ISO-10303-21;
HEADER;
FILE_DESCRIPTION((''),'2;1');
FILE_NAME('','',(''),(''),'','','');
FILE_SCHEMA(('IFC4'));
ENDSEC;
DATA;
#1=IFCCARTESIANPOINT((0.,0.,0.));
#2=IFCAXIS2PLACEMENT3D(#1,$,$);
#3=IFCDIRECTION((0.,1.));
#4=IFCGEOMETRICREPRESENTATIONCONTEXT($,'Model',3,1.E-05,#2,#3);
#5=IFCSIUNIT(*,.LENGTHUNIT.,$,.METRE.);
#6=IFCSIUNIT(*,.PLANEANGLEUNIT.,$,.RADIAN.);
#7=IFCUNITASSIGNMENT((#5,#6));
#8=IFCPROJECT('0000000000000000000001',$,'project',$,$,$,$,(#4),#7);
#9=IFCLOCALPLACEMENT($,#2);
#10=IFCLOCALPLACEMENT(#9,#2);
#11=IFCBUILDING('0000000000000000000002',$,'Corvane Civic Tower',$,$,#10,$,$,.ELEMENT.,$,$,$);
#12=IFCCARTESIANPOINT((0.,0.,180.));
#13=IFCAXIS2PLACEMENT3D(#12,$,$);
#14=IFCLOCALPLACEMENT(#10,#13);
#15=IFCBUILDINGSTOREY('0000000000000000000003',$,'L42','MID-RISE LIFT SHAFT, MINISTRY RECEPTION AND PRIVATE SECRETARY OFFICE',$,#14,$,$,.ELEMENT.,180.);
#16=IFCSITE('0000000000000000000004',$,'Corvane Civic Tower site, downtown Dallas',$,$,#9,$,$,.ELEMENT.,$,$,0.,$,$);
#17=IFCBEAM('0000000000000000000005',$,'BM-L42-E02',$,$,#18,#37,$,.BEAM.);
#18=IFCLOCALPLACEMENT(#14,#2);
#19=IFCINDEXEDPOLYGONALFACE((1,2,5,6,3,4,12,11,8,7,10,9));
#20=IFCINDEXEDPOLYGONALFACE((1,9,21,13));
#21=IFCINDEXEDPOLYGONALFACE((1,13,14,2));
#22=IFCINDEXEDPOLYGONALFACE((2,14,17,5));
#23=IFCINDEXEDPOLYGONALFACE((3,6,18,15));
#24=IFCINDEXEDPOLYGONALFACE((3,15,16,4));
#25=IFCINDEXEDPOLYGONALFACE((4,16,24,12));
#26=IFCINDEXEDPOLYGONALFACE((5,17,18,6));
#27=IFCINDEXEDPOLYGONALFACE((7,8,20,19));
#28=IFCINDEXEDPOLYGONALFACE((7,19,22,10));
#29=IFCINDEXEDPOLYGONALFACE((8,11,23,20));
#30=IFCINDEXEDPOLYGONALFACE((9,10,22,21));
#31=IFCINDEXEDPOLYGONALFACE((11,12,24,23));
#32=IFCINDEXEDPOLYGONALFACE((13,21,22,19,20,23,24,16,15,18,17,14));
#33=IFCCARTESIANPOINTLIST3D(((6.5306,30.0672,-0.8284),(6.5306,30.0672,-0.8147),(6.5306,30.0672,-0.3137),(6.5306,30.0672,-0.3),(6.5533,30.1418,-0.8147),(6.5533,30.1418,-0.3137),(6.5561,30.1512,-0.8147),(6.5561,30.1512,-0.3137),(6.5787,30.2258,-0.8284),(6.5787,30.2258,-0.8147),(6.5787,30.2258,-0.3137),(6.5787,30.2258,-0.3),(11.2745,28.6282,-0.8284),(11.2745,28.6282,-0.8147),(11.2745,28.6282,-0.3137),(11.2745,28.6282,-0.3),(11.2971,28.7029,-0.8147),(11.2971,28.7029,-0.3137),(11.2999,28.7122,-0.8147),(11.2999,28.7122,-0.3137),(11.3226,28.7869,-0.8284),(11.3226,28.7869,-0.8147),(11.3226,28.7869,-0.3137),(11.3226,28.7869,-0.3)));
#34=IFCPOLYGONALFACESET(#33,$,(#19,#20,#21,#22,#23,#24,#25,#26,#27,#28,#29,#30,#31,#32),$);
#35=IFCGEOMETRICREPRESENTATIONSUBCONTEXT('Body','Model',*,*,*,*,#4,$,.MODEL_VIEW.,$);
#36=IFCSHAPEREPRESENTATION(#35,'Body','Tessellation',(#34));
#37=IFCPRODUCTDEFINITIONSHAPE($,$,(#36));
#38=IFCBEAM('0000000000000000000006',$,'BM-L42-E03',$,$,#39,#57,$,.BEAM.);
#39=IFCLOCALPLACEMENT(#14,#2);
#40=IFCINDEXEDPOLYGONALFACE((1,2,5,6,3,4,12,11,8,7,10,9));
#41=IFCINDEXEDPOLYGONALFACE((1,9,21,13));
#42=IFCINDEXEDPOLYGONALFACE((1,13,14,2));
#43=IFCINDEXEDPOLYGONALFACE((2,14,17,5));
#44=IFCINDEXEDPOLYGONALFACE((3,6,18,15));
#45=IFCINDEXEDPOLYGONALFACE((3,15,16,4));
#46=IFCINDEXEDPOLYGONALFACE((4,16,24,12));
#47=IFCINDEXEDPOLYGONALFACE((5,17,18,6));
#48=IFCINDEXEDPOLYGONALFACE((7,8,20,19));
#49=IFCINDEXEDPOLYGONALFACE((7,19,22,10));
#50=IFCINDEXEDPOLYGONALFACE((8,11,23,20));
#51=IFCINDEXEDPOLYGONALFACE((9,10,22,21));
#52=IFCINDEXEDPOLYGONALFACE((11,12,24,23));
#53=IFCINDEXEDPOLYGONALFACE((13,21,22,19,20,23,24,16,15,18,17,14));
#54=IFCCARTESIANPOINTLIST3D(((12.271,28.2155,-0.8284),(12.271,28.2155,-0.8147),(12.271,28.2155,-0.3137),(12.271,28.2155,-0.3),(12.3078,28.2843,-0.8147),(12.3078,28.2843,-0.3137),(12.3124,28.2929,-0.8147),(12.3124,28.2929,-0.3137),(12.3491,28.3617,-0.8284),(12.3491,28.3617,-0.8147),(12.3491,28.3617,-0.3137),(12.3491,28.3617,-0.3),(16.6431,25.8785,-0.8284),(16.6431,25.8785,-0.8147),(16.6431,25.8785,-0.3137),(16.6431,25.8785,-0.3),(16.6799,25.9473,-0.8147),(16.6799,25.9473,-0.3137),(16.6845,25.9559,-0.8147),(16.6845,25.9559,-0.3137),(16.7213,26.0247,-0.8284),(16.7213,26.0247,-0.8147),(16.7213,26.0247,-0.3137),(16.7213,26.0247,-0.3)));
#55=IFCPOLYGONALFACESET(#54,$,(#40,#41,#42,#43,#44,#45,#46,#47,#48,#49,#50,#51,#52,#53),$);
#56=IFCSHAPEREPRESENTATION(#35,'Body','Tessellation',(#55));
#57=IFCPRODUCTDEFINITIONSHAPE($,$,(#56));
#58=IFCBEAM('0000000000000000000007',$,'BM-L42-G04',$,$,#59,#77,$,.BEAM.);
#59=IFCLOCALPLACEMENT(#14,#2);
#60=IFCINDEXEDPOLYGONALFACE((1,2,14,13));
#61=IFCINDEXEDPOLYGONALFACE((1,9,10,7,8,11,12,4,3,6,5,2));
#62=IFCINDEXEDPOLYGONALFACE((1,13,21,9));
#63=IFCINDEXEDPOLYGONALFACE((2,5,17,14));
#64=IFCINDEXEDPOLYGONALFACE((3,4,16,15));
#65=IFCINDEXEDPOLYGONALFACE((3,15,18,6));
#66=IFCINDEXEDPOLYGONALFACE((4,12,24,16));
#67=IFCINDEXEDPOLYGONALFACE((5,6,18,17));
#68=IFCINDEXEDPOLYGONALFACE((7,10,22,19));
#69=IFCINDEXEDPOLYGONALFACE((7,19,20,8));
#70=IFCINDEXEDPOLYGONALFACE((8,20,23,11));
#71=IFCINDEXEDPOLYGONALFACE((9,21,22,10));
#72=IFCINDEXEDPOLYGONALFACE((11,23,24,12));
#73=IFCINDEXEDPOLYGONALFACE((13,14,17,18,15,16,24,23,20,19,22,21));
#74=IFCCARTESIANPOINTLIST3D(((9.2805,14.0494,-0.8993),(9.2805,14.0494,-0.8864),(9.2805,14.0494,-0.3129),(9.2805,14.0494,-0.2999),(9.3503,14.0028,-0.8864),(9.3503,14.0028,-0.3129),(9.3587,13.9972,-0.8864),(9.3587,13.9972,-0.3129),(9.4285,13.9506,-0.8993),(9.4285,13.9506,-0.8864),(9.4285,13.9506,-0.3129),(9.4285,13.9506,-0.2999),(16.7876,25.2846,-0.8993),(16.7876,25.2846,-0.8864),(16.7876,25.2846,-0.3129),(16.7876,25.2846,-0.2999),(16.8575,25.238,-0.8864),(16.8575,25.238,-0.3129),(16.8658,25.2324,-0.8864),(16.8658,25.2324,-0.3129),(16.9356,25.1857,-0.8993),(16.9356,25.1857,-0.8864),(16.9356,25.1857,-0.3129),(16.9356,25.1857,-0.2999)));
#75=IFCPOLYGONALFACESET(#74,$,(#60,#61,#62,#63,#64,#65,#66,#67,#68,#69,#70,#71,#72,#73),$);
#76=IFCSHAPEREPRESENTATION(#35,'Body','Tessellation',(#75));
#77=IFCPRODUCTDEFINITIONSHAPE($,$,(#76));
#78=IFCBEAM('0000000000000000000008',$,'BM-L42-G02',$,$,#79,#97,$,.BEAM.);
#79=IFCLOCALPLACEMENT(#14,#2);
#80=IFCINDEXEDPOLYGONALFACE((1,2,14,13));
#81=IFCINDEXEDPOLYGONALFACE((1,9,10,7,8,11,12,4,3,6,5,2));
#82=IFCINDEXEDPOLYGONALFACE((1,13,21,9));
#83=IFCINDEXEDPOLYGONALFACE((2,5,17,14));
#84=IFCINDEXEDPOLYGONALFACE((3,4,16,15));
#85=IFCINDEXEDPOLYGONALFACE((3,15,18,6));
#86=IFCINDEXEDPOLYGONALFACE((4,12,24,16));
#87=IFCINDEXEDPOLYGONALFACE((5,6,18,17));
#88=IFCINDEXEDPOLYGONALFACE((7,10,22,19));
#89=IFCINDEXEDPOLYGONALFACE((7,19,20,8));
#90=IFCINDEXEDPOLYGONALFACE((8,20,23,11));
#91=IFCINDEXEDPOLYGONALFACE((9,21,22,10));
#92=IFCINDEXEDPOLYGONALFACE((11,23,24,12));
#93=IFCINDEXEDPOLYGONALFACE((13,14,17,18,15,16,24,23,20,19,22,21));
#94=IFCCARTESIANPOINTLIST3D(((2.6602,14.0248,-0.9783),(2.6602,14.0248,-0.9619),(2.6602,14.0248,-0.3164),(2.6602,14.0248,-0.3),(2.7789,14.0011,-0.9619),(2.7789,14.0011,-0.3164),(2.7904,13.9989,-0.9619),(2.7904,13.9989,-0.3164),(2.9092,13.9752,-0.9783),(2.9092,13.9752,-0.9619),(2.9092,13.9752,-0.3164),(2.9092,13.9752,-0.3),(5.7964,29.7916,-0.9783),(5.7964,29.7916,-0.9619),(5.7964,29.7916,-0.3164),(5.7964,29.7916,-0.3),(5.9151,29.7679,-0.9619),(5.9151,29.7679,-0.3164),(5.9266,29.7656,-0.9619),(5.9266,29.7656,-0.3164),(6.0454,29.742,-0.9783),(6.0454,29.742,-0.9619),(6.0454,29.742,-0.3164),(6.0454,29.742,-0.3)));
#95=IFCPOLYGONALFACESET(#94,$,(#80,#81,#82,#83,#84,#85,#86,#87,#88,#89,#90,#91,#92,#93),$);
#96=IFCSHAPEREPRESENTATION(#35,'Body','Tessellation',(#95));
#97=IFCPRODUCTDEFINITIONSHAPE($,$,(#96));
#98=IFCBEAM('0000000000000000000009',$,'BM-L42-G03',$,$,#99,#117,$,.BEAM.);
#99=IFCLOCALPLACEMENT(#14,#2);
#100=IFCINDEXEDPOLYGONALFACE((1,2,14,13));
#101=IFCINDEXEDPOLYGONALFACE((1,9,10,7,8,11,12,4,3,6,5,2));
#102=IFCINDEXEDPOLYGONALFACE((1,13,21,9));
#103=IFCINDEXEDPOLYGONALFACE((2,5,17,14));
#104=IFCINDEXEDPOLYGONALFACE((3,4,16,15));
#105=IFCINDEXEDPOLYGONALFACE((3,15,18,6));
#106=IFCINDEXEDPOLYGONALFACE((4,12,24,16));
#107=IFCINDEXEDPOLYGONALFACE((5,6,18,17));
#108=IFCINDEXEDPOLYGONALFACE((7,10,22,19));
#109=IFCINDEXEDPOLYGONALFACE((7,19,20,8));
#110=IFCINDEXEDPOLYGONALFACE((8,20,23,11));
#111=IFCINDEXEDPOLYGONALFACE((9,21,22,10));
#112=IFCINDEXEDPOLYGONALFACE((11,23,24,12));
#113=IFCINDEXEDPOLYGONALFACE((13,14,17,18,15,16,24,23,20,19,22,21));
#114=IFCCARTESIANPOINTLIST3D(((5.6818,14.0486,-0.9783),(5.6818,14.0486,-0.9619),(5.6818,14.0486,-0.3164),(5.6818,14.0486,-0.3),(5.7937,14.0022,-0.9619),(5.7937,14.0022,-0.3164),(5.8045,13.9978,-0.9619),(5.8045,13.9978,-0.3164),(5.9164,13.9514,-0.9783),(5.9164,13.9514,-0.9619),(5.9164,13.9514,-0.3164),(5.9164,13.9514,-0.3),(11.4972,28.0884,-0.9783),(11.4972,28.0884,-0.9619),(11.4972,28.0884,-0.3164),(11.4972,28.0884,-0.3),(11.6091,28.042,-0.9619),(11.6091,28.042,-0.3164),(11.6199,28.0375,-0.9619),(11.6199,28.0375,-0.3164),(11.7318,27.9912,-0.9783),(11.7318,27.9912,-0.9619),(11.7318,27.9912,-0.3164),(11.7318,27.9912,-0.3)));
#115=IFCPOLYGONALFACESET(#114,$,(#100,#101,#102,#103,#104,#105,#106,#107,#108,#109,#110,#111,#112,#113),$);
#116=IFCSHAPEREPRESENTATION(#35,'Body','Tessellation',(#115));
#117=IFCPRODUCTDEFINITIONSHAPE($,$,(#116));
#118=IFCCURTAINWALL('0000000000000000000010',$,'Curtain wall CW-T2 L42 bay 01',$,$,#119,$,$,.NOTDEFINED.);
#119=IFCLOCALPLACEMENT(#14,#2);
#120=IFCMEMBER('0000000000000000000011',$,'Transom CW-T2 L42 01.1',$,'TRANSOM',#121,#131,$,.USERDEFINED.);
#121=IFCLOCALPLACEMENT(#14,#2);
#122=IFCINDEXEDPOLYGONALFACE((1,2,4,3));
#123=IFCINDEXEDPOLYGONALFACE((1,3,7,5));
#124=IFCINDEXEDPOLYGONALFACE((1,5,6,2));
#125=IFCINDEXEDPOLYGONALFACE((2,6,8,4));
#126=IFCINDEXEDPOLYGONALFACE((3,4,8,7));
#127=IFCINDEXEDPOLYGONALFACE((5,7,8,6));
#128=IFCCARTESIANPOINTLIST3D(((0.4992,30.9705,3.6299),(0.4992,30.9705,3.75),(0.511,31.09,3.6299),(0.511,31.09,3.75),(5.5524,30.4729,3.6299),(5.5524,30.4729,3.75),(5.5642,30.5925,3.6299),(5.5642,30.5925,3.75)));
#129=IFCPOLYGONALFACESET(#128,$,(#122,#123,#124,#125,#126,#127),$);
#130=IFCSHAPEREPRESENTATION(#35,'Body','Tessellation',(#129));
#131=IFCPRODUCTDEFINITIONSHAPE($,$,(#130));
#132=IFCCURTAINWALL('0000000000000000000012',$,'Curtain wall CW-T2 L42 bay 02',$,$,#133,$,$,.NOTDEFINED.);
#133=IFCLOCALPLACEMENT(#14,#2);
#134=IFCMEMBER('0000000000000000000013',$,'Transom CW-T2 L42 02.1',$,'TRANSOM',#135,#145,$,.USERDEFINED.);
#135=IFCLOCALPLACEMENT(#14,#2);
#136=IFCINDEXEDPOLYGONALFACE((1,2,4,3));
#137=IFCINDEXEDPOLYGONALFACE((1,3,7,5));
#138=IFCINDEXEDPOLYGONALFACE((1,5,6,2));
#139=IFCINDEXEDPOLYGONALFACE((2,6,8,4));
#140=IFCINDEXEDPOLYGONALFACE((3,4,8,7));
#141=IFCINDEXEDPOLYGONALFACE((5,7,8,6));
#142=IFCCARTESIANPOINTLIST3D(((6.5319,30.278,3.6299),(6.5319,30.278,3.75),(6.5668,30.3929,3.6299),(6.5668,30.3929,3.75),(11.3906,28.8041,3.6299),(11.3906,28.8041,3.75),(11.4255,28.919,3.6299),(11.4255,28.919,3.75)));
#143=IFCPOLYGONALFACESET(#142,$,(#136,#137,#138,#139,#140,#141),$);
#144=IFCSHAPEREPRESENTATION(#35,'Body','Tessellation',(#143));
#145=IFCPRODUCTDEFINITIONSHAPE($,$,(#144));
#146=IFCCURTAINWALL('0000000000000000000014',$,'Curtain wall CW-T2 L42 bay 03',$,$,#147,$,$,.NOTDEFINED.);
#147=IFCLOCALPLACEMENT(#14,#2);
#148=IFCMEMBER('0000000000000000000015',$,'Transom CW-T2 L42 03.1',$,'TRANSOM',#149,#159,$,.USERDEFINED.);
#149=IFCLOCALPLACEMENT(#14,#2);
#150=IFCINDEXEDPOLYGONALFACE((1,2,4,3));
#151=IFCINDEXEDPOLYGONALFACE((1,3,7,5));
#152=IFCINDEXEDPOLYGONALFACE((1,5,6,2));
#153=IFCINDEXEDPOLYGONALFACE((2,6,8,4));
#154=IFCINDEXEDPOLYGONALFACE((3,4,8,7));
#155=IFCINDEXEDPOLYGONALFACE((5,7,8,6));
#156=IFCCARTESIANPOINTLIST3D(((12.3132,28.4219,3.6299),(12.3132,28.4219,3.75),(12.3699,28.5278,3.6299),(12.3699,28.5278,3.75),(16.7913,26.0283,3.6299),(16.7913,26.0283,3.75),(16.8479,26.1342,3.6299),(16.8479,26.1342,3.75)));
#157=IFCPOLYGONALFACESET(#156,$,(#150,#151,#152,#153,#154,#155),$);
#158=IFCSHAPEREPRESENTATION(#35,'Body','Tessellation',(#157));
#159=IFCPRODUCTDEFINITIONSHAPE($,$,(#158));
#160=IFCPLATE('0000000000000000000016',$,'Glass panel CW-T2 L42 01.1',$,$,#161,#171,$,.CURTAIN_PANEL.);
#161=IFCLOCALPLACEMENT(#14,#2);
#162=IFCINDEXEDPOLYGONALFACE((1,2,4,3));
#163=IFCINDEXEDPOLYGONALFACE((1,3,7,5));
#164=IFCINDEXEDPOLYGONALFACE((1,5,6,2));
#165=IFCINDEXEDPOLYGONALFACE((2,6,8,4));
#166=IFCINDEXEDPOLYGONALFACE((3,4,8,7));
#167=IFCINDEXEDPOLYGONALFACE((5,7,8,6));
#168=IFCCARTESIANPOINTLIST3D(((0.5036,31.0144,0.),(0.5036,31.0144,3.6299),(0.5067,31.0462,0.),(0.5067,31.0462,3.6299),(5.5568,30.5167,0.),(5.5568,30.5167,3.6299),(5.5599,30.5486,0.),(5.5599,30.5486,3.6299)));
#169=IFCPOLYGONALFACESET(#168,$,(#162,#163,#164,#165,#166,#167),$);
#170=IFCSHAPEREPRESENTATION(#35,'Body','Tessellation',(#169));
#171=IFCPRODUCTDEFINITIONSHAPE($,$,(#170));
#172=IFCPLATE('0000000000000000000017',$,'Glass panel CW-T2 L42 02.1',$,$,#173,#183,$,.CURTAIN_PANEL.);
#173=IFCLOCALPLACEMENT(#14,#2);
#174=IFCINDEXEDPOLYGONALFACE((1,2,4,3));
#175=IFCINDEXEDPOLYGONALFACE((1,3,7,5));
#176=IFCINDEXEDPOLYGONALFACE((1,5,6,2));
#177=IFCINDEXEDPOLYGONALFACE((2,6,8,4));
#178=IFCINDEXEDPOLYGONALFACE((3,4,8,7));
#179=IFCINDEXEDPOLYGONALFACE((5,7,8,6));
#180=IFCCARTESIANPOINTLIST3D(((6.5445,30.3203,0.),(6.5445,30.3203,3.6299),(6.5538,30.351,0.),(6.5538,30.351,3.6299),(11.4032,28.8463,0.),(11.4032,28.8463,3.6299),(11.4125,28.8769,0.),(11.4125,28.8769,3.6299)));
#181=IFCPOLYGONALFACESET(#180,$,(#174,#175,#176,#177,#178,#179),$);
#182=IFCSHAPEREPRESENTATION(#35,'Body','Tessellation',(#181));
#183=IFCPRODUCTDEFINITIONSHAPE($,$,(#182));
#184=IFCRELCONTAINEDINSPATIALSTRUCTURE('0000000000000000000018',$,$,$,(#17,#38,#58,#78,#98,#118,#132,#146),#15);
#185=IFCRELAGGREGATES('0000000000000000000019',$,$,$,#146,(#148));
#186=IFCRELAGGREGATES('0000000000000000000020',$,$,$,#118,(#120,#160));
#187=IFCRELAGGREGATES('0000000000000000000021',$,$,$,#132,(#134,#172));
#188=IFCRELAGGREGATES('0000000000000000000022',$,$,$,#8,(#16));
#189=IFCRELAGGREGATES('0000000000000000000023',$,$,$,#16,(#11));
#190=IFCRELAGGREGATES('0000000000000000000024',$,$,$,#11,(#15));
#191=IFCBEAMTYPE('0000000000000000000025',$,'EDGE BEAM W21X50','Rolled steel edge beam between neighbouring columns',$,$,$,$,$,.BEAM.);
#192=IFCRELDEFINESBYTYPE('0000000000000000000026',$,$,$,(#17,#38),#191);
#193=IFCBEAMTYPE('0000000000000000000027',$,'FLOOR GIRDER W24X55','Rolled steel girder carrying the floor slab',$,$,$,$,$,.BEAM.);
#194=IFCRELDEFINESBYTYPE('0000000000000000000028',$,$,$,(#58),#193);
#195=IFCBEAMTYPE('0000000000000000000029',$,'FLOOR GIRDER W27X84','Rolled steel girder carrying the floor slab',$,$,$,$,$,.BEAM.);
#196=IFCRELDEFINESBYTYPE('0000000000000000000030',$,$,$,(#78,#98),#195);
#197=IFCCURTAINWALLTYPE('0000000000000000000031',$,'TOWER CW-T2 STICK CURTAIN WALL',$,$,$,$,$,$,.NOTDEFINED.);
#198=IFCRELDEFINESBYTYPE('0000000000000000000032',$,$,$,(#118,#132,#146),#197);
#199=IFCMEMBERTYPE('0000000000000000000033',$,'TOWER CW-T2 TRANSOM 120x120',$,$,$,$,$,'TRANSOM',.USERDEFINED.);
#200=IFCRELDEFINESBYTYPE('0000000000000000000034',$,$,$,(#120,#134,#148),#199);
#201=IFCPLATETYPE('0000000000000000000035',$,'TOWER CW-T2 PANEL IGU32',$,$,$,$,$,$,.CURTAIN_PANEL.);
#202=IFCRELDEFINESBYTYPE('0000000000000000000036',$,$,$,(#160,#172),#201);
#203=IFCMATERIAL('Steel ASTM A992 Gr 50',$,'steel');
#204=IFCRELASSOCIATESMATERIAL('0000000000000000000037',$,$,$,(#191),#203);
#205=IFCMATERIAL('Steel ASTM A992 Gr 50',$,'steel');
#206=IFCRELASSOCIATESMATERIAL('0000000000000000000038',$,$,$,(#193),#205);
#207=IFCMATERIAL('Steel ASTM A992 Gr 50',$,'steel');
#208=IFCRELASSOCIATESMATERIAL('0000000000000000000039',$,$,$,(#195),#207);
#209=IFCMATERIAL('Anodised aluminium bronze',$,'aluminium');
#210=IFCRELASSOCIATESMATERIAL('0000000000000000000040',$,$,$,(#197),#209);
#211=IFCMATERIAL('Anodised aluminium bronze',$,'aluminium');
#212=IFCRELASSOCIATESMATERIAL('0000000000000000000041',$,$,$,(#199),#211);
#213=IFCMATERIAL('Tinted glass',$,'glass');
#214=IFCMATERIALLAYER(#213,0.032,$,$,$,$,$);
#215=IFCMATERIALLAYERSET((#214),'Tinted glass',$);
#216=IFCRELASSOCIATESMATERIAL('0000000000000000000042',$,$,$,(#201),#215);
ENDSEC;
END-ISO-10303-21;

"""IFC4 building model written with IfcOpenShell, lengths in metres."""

from ifc_helpers import new_model, si_unit, direction, frame, origin, origin_2d, place, context, subcontext, project, spatial, rectangle, i_section, extrude, material, layer, layer_set, material_profile, profile_set, type_object, element, aggregate, save


model = new_model("IFC4")

# Units and contexts
model_context = context("Model", 3, precision=1e-05, world=origin(), true_north=direction((0.0, 1.0)))
body_context = subcontext(model_context, "Body", "Model", "MODEL_VIEW")
ifc_project = project(units=[si_unit("LENGTHUNIT", "METRE"), si_unit("PLANEANGLEUNIT", "RADIAN")], contexts=[model_context])

# Site, building, storey
site_placement = place(None, origin())
site = spatial("IfcSite", under=ifc_project, at=site_placement, Name="Corvane Civic Tower site, downtown Dallas", CompositionType="ELEMENT", RefElevation=0.0)
building_placement = place(site_placement, origin())
building = spatial("IfcBuilding", under=site, at=building_placement, Name="Corvane Civic Tower", CompositionType="ELEMENT")
storey_placement = place(building_placement, frame((0.0, 0.0, 180.0)))
storey = spatial("IfcBuildingStorey", under=building, at=storey_placement, Name="L42", Description="MID-RISE LIFT SHAFT, MINISTRY RECEPTION AND PRIVATE SECRETARY OFFICE", CompositionType="ELEMENT", Elevation=180.0)

# Beams
ifc_material_1 = material(Name="Steel ASTM A992 Gr 50", Category="steel")
ifc_material_profile_1 = material_profile(ifc_material_1, i_section(OverallWidth=0.1658, OverallDepth=0.5283, WebThickness=0.0098, FlangeThickness=0.0137, at=origin_2d()), Name="W21X50")
ifc_profile_set_1 = profile_set([ifc_material_profile_1], Name="Steel ASTM A992 Gr 50")
beam_type_1 = type_object("IfcBeamType", Name="EDGE BEAM W21X50", Description="Rolled steel edge beam between neighbouring columns", PredefinedType="BEAM", material=ifc_profile_set_1)
beam_1_placement = place(storey_placement, frame((6.5547, 30.1465, -0.5642), z_axis=(0.956945, -0.29027, 0.0), x_axis=(0.29027, 0.956945, 0.0)))
element("IfcBeam", 1, at=beam_1_placement, inside=storey, type_object=beam_type_1, Name="BM-L42-E02", PredefinedType="BEAM", context=body_context, shape_type="SweptSolid", body=[
    extrude(i_section(OverallWidth=0.1658, OverallDepth=0.5283, WebThickness=0.0098, FlangeThickness=0.0137, at=origin_2d()), origin(), (0.0, 0.0, 1.0), 4.9573),
])
beam_2_placement = place(storey_placement, frame((12.3101, 28.2886, -0.5642), z_axis=(0.881922, -0.471396, 0.0), x_axis=(0.471396, 0.881922, 0.0)))
element("IfcBeam", 2, at=beam_2_placement, inside=storey, type_object=beam_type_1, Name="BM-L42-E03", PredefinedType="BEAM", context=body_context, shape_type="SweptSolid", body=[
    extrude(i_section(OverallWidth=0.1658, OverallDepth=0.5283, WebThickness=0.0098, FlangeThickness=0.0137, at=origin_2d()), origin(), (0.0, 0.0, 1.0), 4.9575),
])
ifc_material_2 = material(Name="Steel ASTM A992 Gr 50", Category="steel")
ifc_material_profile_2 = material_profile(ifc_material_2, i_section(OverallWidth=0.178, OverallDepth=0.5994, WebThickness=0.01, FlangeThickness=0.0129, at=origin_2d()), Name="W24X55")
ifc_profile_set_2 = profile_set([ifc_material_profile_2], Name="Steel ASTM A992 Gr 50")
beam_type_2 = type_object("IfcBeamType", Name="FLOOR GIRDER W24X55", Description="Rolled steel girder carrying the floor slab", PredefinedType="BEAM", material=ifc_profile_set_2)
beam_3_placement = place(storey_placement, frame((9.3545, 14.0, -0.5996), z_axis=(0.555571, 0.831469, 0.0), x_axis=(-0.831469, 0.555571, 0.0)))
element("IfcBeam", 3, at=beam_3_placement, inside=storey, type_object=beam_type_2, Name="BM-L42-G04", PredefinedType="BEAM", context=body_context, shape_type="SweptSolid", body=[
    extrude(i_section(OverallWidth=0.178, OverallDepth=0.5994, WebThickness=0.01, FlangeThickness=0.0129, at=origin_2d()), origin(), (0.0, 0.0, 1.0), 13.5125),
])
ifc_material_3 = material(Name="Steel ASTM A992 Gr 50", Category="steel")
ifc_material_profile_3 = material_profile(ifc_material_3, i_section(OverallWidth=0.2539, OverallDepth=0.6782, WebThickness=0.0117, FlangeThickness=0.0164, at=origin_2d()), Name="W27X84")
ifc_profile_set_3 = profile_set([ifc_material_profile_3], Name="Steel ASTM A992 Gr 50")
beam_type_3 = type_object("IfcBeamType", Name="FLOOR GIRDER W27X84", Description="Rolled steel girder carrying the floor slab", PredefinedType="BEAM", material=ifc_profile_set_3)
beam_4_placement = place(storey_placement, frame((2.7847, 14.0, -0.6392), z_axis=(0.195091, 0.980785, 0.0), x_axis=(-0.980785, 0.195091, 0.0)))
element("IfcBeam", 4, at=beam_4_placement, inside=storey, type_object=beam_type_3, Name="BM-L42-G02", PredefinedType="BEAM", context=body_context, shape_type="SweptSolid", body=[
    extrude(i_section(OverallWidth=0.2539, OverallDepth=0.6782, WebThickness=0.0117, FlangeThickness=0.0164, at=origin_2d()), origin(), (0.0, 0.0, 1.0), 16.0757),
])
beam_5_placement = place(storey_placement, frame((5.7991, 14.0, -0.6392), z_axis=(0.382681, 0.923881, 0.0), x_axis=(-0.923881, 0.382681, 0.0)))
element("IfcBeam", 5, at=beam_5_placement, inside=storey, type_object=beam_type_3, Name="BM-L42-G03", PredefinedType="BEAM", context=body_context, shape_type="SweptSolid", body=[
    extrude(i_section(OverallWidth=0.2539, OverallDepth=0.6782, WebThickness=0.0117, FlangeThickness=0.0164, at=origin_2d()), origin(), (0.0, 0.0, 1.0), 15.1965),
])

# Curtain walls, members
ifc_material_4 = material(Name="Anodised aluminium bronze", Category="aluminium")
curtain_wall_type = type_object("IfcCurtainWallType", Name="TOWER CW-T2 STICK CURTAIN WALL", PredefinedType="NOTDEFINED", material=ifc_material_4)
curtain_wall_1_placement = place(storey_placement, origin())
curtain_wall_1 = element("IfcCurtainWall", 6, at=curtain_wall_1_placement, inside=storey, type_object=curtain_wall_type, Name="Curtain wall CW-T2 L42 bay 01", PredefinedType="NOTDEFINED")
ifc_material_5 = material(Name="Anodised aluminium bronze", Category="aluminium")
ifc_material_profile_4 = material_profile(ifc_material_5, rectangle(XDim=0.1201, YDim=0.1201, at=origin_2d()), Name="TOWER CW-T2 TRANSOM 120x120")
ifc_profile_set_4 = profile_set([ifc_material_profile_4], Name="Anodised aluminium bronze")
member_type = type_object("IfcMemberType", Name="TOWER CW-T2 TRANSOM 120x120", ElementType="TRANSOM", PredefinedType="USERDEFINED", material=ifc_profile_set_4)
member_1_placement = place(storey_placement, frame((0.5051, 31.0303, 3.6899), z_axis=(0.995187, -0.09799, 0.0), x_axis=(0.09799, 0.995187, 0.0)))
member_1 = element("IfcMember", 7, at=member_1_placement, type_object=member_type, Name="Transom CW-T2 L42 01.1", ObjectType="TRANSOM", PredefinedType="USERDEFINED", context=body_context, shape_type="SweptSolid", body=[
    extrude(rectangle(XDim=0.1201, YDim=0.1201, at=origin_2d()), origin(), (0.0, 0.0, 1.0), 5.0776),
])
curtain_wall_2_placement = place(storey_placement, origin())
curtain_wall_2 = element("IfcCurtainWall", 8, at=curtain_wall_2_placement, inside=storey, type_object=curtain_wall_type, Name="Curtain wall CW-T2 L42 bay 02", PredefinedType="NOTDEFINED")
member_2_placement = place(storey_placement, frame((6.5493, 30.3354, 3.6899), z_axis=(0.956939, -0.290289, 0.0), x_axis=(0.290289, 0.956939, 0.0)))
member_2 = element("IfcMember", 9, at=member_2_placement, type_object=member_type, Name="Transom CW-T2 L42 02.1", ObjectType="TRANSOM", PredefinedType="USERDEFINED", context=body_context, shape_type="SweptSolid", body=[
    extrude(rectangle(XDim=0.1201, YDim=0.1201, at=origin_2d()), origin(), (0.0, 0.0, 1.0), 5.0774),
])
curtain_wall_3_placement = place(storey_placement, origin())
curtain_wall_3 = element("IfcCurtainWall", 10, at=curtain_wall_3_placement, inside=storey, type_object=curtain_wall_type, Name="Curtain wall CW-T2 L42 bay 03", PredefinedType="NOTDEFINED")
member_3_placement = place(storey_placement, frame((12.3416, 28.4749, 3.6899), z_axis=(0.881921, -0.471397, 0.0), x_axis=(0.471397, 0.881921, 0.0)))
member_3 = element("IfcMember", 11, at=member_3_placement, type_object=member_type, Name="Transom CW-T2 L42 03.1", ObjectType="TRANSOM", PredefinedType="USERDEFINED", context=body_context, shape_type="SweptSolid", body=[
    extrude(rectangle(XDim=0.1201, YDim=0.1201, at=origin_2d()), origin(), (0.0, 0.0, 1.0), 5.0776),
])
aggregate(curtain_wall_3, [member_3])

# Plates
ifc_material_6 = material(Name="Tinted glass", Category="glass")
ifc_layer_1 = layer(ifc_material_6, 0.032)
ifc_layer_set_1 = layer_set([ifc_layer_1], Name="Tinted glass")
plate_type = type_object("IfcPlateType", Name="TOWER CW-T2 PANEL IGU32", PredefinedType="CURTAIN_PANEL", material=ifc_layer_set_1)
plate_1_placement = place(storey_placement, frame((3.0317, 30.7815, 0.0), z_axis=(0.0, 0.0, 1.0), x_axis=(0.995185, -0.098012, 0.0)))
plate_1 = element("IfcPlate", 12, at=plate_1_placement, type_object=plate_type, Name="Glass panel CW-T2 L42 01.1", PredefinedType="CURTAIN_PANEL", context=body_context, shape_type="SweptSolid", body=[
    extrude(rectangle(XDim=5.0776, YDim=0.032, at=origin_2d()), origin(), (0.0, 0.0, 1.0), 3.6299),
])
aggregate(curtain_wall_1, [member_1, plate_1])
plate_2_placement = place(storey_placement, frame((8.9785, 29.5986, 0.0), z_axis=(0.0, 0.0, 1.0), x_axis=(0.956932, -0.290313, 0.0)))
plate_2 = element("IfcPlate", 13, at=plate_2_placement, type_object=plate_type, Name="Glass panel CW-T2 L42 02.1", PredefinedType="CURTAIN_PANEL", context=body_context, shape_type="SweptSolid", body=[
    extrude(rectangle(XDim=5.0774, YDim=0.032, at=origin_2d()), origin(), (0.0, 0.0, 1.0), 3.6299),
])
aggregate(curtain_wall_2, [member_2, plate_2])

save(model, "model.ifc")
